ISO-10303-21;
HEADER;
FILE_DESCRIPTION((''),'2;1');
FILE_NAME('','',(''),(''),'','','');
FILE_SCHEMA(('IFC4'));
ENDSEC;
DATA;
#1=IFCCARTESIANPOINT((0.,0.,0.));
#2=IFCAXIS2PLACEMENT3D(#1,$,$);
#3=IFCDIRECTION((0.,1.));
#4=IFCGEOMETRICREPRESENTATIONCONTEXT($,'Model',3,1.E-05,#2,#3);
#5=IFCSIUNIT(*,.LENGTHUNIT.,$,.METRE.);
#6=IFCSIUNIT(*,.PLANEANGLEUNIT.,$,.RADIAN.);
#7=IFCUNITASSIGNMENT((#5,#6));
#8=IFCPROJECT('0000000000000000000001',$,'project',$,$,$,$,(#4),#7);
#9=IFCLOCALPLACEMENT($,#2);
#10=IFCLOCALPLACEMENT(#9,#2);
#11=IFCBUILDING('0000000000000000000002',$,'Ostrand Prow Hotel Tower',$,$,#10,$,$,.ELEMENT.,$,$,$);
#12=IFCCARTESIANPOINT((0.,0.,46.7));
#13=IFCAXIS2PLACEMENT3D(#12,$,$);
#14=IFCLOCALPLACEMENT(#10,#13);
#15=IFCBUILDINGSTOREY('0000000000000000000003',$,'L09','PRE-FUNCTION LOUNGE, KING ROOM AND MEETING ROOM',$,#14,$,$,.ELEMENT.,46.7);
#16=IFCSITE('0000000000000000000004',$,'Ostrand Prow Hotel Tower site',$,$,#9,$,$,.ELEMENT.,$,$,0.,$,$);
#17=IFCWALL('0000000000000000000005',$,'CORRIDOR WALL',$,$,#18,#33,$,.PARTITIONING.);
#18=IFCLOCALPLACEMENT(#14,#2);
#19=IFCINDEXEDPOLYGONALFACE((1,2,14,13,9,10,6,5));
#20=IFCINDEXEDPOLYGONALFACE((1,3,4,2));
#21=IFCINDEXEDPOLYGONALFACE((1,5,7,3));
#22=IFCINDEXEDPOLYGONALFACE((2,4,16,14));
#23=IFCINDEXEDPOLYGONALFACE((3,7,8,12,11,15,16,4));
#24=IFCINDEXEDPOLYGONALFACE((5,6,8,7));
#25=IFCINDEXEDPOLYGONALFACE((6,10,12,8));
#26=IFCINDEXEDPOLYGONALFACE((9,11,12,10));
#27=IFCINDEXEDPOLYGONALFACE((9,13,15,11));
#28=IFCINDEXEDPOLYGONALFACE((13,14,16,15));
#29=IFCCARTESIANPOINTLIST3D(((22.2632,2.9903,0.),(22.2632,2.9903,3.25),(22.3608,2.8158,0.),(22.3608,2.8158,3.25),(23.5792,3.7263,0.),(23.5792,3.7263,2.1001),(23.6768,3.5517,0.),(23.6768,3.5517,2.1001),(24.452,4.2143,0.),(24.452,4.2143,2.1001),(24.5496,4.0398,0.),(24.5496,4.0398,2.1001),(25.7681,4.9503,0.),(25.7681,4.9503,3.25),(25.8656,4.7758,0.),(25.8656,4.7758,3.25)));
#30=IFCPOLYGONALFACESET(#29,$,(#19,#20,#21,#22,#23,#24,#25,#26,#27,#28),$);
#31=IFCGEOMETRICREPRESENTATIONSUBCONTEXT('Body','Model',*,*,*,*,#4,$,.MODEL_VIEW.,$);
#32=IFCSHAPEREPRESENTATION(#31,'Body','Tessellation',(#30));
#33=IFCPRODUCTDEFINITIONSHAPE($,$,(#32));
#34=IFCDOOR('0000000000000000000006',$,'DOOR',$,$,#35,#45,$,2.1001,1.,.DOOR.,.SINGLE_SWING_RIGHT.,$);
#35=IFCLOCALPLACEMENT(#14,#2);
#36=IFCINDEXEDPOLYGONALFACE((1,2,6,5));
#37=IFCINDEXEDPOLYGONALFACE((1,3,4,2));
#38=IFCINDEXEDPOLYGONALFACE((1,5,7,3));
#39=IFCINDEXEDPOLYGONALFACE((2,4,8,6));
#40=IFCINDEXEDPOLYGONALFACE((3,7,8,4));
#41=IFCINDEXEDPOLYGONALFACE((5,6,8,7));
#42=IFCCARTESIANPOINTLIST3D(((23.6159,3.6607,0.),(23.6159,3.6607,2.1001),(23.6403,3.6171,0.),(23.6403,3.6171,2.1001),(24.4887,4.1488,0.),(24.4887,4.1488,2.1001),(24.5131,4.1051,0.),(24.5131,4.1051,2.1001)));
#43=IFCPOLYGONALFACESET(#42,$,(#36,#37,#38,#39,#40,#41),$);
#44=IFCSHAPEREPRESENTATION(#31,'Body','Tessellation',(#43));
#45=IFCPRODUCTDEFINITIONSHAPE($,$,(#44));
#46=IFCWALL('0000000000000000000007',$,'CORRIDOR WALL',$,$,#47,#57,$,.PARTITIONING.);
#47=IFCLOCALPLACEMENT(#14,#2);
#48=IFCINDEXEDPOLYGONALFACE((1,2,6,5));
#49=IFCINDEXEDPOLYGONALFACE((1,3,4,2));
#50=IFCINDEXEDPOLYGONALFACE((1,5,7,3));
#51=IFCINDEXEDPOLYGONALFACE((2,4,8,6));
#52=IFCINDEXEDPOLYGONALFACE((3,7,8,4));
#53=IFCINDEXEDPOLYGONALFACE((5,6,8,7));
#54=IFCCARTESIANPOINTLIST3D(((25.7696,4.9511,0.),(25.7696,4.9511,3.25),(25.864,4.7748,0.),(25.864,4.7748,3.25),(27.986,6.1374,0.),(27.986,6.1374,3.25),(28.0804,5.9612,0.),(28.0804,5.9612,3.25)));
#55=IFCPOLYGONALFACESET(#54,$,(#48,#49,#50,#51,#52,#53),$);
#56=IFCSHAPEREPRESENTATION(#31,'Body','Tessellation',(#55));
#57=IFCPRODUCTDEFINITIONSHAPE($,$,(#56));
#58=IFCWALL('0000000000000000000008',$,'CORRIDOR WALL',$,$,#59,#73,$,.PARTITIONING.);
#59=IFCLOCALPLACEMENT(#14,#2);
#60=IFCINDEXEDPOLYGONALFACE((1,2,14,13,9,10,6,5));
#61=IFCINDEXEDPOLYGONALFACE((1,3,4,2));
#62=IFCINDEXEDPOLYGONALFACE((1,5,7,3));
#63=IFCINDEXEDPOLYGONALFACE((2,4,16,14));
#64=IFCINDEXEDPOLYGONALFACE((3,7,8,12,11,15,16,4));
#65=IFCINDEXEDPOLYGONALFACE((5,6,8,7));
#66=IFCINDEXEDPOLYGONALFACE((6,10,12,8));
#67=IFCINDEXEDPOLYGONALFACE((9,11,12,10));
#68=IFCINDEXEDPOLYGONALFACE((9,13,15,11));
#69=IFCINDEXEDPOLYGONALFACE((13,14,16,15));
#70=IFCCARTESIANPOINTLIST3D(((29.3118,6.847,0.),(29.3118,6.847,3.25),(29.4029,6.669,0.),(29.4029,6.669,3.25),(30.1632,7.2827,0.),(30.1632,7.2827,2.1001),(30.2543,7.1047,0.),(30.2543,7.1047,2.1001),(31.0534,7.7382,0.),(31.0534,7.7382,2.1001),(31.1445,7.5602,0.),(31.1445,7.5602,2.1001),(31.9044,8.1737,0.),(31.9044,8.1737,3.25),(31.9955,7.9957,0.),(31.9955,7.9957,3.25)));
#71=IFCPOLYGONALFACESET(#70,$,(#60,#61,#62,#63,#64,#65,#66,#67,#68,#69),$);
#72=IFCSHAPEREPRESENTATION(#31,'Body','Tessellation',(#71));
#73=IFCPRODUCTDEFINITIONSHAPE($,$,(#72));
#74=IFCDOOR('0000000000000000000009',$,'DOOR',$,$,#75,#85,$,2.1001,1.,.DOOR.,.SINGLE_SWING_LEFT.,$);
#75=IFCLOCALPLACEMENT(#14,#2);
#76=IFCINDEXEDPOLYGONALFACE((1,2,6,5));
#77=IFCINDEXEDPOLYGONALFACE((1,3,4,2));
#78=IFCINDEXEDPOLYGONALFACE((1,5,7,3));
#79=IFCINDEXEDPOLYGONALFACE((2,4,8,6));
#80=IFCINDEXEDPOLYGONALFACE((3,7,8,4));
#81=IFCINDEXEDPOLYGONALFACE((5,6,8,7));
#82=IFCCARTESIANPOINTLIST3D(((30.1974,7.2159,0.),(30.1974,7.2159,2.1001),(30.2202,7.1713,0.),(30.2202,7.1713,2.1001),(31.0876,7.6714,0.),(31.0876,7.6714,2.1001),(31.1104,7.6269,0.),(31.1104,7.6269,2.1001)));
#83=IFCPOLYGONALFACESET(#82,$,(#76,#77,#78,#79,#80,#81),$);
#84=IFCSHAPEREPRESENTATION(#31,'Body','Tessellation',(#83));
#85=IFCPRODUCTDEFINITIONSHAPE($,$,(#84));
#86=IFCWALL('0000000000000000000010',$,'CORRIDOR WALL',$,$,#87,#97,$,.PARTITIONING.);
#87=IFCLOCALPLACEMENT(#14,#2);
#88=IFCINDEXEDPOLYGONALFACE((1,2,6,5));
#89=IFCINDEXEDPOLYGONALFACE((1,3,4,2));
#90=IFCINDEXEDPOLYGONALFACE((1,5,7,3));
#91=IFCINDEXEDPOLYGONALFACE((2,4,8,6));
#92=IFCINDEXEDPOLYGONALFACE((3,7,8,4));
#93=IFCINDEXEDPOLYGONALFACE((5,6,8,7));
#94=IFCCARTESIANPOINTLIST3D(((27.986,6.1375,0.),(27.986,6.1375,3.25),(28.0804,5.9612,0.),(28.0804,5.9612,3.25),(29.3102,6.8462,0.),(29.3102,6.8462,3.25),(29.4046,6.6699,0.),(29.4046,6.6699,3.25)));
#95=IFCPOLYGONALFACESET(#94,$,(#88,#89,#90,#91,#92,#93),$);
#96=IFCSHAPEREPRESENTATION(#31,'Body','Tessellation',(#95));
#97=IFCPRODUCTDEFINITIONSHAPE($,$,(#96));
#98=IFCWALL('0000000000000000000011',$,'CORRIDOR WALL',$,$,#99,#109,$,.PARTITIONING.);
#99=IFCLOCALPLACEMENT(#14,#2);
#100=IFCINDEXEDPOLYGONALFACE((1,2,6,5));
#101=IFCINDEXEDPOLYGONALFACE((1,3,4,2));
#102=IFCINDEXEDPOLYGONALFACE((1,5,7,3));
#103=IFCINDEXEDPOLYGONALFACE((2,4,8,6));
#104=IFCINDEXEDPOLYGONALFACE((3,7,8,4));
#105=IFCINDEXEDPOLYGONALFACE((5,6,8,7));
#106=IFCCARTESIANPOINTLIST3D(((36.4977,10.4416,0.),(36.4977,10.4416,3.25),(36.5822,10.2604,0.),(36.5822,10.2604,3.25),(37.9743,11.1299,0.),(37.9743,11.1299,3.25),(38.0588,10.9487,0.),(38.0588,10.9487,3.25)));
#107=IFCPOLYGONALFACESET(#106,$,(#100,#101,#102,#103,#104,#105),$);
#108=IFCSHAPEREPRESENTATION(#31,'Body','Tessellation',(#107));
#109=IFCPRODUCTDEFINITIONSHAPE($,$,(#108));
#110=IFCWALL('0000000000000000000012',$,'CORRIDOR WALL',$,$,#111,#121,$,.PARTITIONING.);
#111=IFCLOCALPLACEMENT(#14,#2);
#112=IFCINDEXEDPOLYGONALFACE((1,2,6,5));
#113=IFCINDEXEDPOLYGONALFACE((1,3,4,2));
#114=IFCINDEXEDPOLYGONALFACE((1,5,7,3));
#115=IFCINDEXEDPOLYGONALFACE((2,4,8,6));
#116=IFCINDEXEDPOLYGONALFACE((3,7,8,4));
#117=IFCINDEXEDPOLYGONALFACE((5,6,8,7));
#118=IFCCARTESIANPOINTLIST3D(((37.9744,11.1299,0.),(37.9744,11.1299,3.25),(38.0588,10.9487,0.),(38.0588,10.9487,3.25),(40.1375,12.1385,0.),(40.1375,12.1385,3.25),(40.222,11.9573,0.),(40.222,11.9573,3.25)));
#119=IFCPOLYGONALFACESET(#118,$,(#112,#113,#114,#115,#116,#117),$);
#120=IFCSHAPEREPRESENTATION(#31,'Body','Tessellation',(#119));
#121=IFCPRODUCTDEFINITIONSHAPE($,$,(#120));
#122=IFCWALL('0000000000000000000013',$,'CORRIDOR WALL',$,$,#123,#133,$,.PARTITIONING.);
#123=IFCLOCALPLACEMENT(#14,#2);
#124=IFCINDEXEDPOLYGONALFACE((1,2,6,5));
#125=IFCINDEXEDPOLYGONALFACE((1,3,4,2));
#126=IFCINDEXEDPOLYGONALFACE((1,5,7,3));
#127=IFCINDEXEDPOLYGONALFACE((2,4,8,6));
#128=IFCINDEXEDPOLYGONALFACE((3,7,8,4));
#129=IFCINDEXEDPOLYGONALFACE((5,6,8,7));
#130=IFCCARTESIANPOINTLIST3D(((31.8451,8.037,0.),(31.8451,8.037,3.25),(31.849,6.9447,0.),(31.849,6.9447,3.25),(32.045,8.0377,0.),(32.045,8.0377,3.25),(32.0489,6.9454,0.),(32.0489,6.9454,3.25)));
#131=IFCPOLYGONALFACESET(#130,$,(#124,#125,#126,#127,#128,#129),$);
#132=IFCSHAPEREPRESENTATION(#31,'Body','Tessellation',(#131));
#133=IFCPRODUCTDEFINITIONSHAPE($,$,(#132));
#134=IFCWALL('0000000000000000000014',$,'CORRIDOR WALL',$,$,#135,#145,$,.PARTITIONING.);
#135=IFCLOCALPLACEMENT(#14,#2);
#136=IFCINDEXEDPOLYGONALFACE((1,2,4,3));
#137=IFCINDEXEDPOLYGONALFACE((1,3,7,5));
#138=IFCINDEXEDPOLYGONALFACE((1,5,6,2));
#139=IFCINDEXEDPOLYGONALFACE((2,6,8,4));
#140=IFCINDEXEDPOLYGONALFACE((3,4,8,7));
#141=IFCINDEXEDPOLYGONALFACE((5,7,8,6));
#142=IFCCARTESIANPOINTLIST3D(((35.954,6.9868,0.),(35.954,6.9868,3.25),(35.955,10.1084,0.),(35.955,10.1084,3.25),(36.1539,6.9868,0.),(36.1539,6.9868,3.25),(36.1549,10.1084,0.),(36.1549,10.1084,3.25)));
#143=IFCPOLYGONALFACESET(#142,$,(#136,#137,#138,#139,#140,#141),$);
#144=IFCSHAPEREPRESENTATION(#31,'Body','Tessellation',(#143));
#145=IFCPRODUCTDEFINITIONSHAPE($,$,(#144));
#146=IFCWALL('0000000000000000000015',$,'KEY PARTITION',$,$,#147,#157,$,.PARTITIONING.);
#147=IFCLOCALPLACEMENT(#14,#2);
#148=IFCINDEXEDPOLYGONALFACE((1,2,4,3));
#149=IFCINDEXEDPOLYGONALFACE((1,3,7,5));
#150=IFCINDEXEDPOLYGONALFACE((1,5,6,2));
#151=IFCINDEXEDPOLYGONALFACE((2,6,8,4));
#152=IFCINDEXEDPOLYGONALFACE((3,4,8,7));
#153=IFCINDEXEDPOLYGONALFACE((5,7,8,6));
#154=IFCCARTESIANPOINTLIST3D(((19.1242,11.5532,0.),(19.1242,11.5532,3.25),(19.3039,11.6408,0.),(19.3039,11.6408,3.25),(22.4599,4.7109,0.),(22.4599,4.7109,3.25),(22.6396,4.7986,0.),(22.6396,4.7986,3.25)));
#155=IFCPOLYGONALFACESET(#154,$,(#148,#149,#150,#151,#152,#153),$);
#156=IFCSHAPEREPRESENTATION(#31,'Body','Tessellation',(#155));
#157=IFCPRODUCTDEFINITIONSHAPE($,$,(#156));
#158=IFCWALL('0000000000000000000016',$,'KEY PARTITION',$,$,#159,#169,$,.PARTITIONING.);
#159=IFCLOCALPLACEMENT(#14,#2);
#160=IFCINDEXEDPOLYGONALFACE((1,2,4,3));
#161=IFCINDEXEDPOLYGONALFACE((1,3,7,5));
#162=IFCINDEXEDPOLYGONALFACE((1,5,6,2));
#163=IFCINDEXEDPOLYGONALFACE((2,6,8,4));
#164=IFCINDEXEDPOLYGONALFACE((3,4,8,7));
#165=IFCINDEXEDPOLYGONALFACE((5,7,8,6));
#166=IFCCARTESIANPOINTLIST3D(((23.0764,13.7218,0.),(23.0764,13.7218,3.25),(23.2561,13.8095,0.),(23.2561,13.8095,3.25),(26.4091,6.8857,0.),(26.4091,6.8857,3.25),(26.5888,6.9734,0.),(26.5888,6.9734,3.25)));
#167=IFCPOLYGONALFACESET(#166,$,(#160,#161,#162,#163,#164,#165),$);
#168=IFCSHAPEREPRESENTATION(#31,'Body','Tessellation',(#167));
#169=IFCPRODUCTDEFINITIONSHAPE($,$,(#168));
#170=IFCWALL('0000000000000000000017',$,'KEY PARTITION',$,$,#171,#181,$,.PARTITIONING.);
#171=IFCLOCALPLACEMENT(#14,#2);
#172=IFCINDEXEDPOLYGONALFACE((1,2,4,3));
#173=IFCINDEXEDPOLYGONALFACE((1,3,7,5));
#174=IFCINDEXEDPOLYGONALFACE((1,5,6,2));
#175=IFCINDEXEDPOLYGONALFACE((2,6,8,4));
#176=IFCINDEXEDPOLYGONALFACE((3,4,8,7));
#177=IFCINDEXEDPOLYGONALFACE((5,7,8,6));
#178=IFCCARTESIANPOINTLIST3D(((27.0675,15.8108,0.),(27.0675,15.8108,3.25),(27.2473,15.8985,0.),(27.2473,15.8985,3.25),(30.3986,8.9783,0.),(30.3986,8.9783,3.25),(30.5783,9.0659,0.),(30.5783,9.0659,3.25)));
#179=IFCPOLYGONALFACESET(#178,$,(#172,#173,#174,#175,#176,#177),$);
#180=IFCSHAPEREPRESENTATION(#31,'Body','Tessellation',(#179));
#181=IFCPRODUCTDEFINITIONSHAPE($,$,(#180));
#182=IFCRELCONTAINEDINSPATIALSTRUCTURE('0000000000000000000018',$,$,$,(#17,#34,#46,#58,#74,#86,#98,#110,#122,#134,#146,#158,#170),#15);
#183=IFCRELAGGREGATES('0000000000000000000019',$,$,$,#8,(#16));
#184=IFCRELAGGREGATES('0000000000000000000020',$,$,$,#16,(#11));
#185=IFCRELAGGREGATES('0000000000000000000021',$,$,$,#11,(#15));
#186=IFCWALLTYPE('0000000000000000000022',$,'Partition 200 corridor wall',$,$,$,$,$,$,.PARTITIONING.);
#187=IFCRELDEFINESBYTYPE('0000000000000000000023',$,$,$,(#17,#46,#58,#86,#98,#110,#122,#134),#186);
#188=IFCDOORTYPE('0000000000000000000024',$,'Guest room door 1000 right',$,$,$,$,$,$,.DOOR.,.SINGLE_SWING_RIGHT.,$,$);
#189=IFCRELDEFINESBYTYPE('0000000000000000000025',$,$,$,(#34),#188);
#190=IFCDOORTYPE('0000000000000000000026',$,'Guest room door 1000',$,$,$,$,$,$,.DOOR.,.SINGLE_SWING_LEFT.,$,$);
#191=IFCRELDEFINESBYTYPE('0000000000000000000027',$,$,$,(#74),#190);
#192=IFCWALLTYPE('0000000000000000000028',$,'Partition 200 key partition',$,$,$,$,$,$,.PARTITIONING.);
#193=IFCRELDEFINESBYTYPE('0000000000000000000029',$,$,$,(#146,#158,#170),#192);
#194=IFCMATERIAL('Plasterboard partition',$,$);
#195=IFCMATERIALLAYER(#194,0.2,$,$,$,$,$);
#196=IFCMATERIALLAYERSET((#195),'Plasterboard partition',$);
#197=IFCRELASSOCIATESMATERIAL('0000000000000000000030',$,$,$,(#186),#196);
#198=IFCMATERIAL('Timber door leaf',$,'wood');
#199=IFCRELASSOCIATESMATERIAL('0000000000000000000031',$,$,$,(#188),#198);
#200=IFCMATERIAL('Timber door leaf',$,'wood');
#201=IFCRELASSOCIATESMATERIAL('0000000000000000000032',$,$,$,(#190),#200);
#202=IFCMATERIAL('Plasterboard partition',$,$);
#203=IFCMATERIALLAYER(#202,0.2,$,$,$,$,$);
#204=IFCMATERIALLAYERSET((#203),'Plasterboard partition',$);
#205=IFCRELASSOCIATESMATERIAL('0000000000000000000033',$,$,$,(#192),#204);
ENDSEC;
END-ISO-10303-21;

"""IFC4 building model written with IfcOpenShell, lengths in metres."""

from ifc_helpers import new_model, si_unit, direction, frame, frame_2d, origin, place, context, subcontext, project, spatial, rectangle, extrude, material, layer, layer_set, type_object, element, fill, save


model = new_model("IFC4")

# Units and contexts
model_context = context("Model", 3, precision=1e-05, world=origin(), true_north=direction((0.0, 1.0)))
body_context = subcontext(model_context, "Body", "Model", "MODEL_VIEW")
ifc_project = project(units=[si_unit("LENGTHUNIT", "METRE"), si_unit("PLANEANGLEUNIT", "RADIAN")], contexts=[model_context])

# Site, building, storey
site_placement = place(None, origin())
site = spatial("IfcSite", under=ifc_project, at=site_placement, Name="Ostrand Prow Hotel Tower site", CompositionType="ELEMENT", RefElevation=0.0)
building_placement = place(site_placement, origin())
building = spatial("IfcBuilding", under=site, at=building_placement, Name="Ostrand Prow Hotel Tower", CompositionType="ELEMENT")
storey_placement = place(building_placement, frame((0.0, 0.0, 46.7)))
storey = spatial("IfcBuildingStorey", under=building, at=storey_placement, Name="L09", Description="PRE-FUNCTION LOUNGE, KING ROOM AND MEETING ROOM", CompositionType="ELEMENT", Elevation=46.7)

# Wall, opening, door
ifc_material_1 = material(Name="Plasterboard partition")
ifc_layer_1 = layer(ifc_material_1, 0.2)
ifc_layer_set_1 = layer_set([ifc_layer_1], Name="Plasterboard partition")
wall_type_1 = type_object("IfcWallType", Name="Partition 200 corridor wall", PredefinedType="PARTITIONING", material=ifc_layer_set_1)
wall_1_placement = place(storey_placement, frame((22.312, 2.9031, 0.0), z_axis=(0.0, 0.0, 1.0), x_axis=(0.8728, 0.488078, 0.0)))
wall_1 = element("IfcWall", 1, at=wall_1_placement, inside=storey, type_object=wall_type_1, Name="CORRIDOR WALL", PredefinedType="PARTITIONING", context=body_context, shape_type="SweptSolid", body=[
    extrude(rectangle(XDim=4.0156, YDim=0.2, at=frame_2d((2.0078, 0.0))), origin(), (0.0, 0.0, 1.0), 3.25),
])
opening_1_placement = place(wall_1_placement, frame((1.5078, 0.0, 0.0)))
opening_1 = element("IfcOpeningElement", 2, at=opening_1_placement, cuts=wall_1, PredefinedType="OPENING", context=body_context, shape_type="SweptSolid", body=[
    extrude(rectangle(XDim=1.0, YDim=2.1001, at=frame_2d((0.5, 1.05))), frame((0.0, 0.1099, 0.0), z_axis=(0.0, -1.0, 0.0), x_axis=(1.0, 0.0, 0.0)), (0.0, 0.0, 1.0), 0.22),
])
ifc_material_2 = material(Name="Timber door leaf", Category="wood")
door_type_1 = type_object("IfcDoorType", Name="Guest room door 1000 right", OperationType="SINGLE_SWING_RIGHT", PredefinedType="DOOR", material=ifc_material_2)
door_1_placement = place(opening_1_placement, origin())
door_1 = element("IfcDoor", 3, at=door_1_placement, inside=storey, type_object=door_type_1, Name="DOOR", OperationType="SINGLE_SWING_RIGHT", OverallHeight=2.1001, OverallWidth=1.0, PredefinedType="DOOR", context=body_context, shape_type="SweptSolid", body=[
    extrude(rectangle(XDim=1.0, YDim=2.1001, at=frame_2d((0.5, 1.05))), frame((0.0, 0.0249, 0.0), z_axis=(0.0, -1.0, 0.0), x_axis=(1.0, 0.0, 0.0)), (0.0, 0.0, 1.0), 0.05),
])
fill(opening_1, door_1)

# Wall
wall_2_placement = place(storey_placement, frame((25.8169, 4.863, 0.0), z_axis=(0.0, 0.0, 1.0), x_axis=(0.88165, 0.471903, 0.0)))
element("IfcWall", 4, at=wall_2_placement, inside=storey, type_object=wall_type_1, Name="CORRIDOR WALL", PredefinedType="PARTITIONING", context=body_context, shape_type="SweptSolid", body=[
    extrude(rectangle(XDim=2.5139, YDim=0.2, at=frame_2d((1.2568, 0.0))), origin(), (0.0, 0.0, 1.0), 3.25),
])

# Wall, opening, door
wall_3_placement = place(storey_placement, frame((29.3574, 6.7581, 0.0), z_axis=(0.0, 0.0, 1.0), x_axis=(0.890213, 0.455544, 0.0)))
wall_3 = element("IfcWall", 5, at=wall_3_placement, inside=storey, type_object=wall_type_1, Name="CORRIDOR WALL", PredefinedType="PARTITIONING", context=body_context, shape_type="SweptSolid", body=[
    extrude(rectangle(XDim=2.9124, YDim=0.2, at=frame_2d((1.4561, 0.0))), origin(), (0.0, 0.0, 1.0), 3.25),
])
opening_2_placement = place(wall_3_placement, frame((0.9563, 0.0, 0.0)))
opening_2 = element("IfcOpeningElement", 6, at=opening_2_placement, cuts=wall_3, PredefinedType="OPENING", context=body_context, shape_type="SweptSolid", body=[
    extrude(rectangle(XDim=1.0, YDim=2.1001, at=frame_2d((0.5, 1.05))), frame((0.0, 0.1099, 0.0), z_axis=(0.0, -1.0, 0.0), x_axis=(1.0, 0.0, 0.0)), (0.0, 0.0, 1.0), 0.22),
])
ifc_material_3 = material(Name="Timber door leaf", Category="wood")
door_type_2 = type_object("IfcDoorType", Name="Guest room door 1000", OperationType="SINGLE_SWING_LEFT", PredefinedType="DOOR", material=ifc_material_3)
door_2_placement = place(opening_2_placement, origin())
door_2 = element("IfcDoor", 7, at=door_2_placement, inside=storey, type_object=door_type_2, Name="DOOR", OperationType="SINGLE_SWING_LEFT", OverallHeight=2.1001, OverallWidth=1.0, PredefinedType="DOOR", context=body_context, shape_type="SweptSolid", body=[
    extrude(rectangle(XDim=1.0, YDim=2.1001, at=frame_2d((0.5, 1.05))), frame((0.0, 0.0249, 0.0), z_axis=(0.0, -1.0, 0.0), x_axis=(1.0, 0.0, 0.0)), (0.0, 0.0, 1.0), 0.05),
])
fill(opening_2, door_2)

# Walls
wall_4_placement = place(storey_placement, frame((28.0332, 6.0493, 0.0), z_axis=(0.0, 0.0, 1.0), x_axis=(0.881664, 0.471879, 0.0)))
element("IfcWall", 8, at=wall_4_placement, inside=storey, type_object=wall_type_1, Name="CORRIDOR WALL", PredefinedType="PARTITIONING", context=body_context, shape_type="SweptSolid", body=[
    extrude(rectangle(XDim=1.502, YDim=0.2, at=frame_2d((0.751, 0.0))), origin(), (0.0, 0.0, 1.0), 3.25),
])
wall_5_placement = place(storey_placement, frame((36.54, 10.3511, 0.0), z_axis=(0.0, 0.0, 1.0), x_axis=(0.906378, 0.422467, 0.0)))
element("IfcWall", 9, at=wall_5_placement, inside=storey, type_object=wall_type_1, Name="CORRIDOR WALL", PredefinedType="PARTITIONING", context=body_context, shape_type="SweptSolid", body=[
    extrude(rectangle(XDim=1.6292, YDim=0.2, at=frame_2d((0.8145, 0.0))), origin(), (0.0, 0.0, 1.0), 3.25),
])
wall_6_placement = place(storey_placement, frame((38.0166, 11.0393, 0.0), z_axis=(0.0, 0.0, 1.0), x_axis=(0.906327, 0.422577, 0.0)))
element("IfcWall", 10, at=wall_6_placement, inside=storey, type_object=wall_type_1, Name="CORRIDOR WALL", PredefinedType="PARTITIONING", context=body_context, shape_type="SweptSolid", body=[
    extrude(rectangle(XDim=2.3867, YDim=0.2, at=frame_2d((1.1934, 0.0))), origin(), (0.0, 0.0, 1.0), 3.25),
])
wall_7_placement = place(storey_placement, frame((31.9451, 8.0374, 0.0), z_axis=(0.0, 0.0, 1.0), x_axis=(0.003576, -0.999994, 0.0)))
element("IfcWall", 11, at=wall_7_placement, inside=storey, type_object=wall_type_1, Name="CORRIDOR WALL", PredefinedType="PARTITIONING", context=body_context, shape_type="SweptSolid", body=[
    extrude(rectangle(XDim=1.0923, YDim=0.2, at=frame_2d((0.5461, 0.0))), origin(), (0.0, 0.0, 1.0), 3.25),
])
wall_8_placement = place(storey_placement, frame((36.054, 6.9868, 0.0), z_axis=(0.0, 0.0, 1.0), x_axis=(0.000313, 1.0, 0.0)))
element("IfcWall", 12, at=wall_8_placement, inside=storey, type_object=wall_type_1, Name="CORRIDOR WALL", PredefinedType="PARTITIONING", context=body_context, shape_type="SweptSolid", body=[
    extrude(rectangle(XDim=3.1216, YDim=0.2, at=frame_2d((1.5608, 0.0))), origin(), (0.0, 0.0, 1.0), 3.25),
])
ifc_material_4 = material(Name="Plasterboard partition")
ifc_layer_2 = layer(ifc_material_4, 0.2)
ifc_layer_set_2 = layer_set([ifc_layer_2], Name="Plasterboard partition")
wall_type_2 = type_object("IfcWallType", Name="Partition 200 key partition", PredefinedType="PARTITIONING", material=ifc_layer_set_2)
wall_9_placement = place(storey_placement, frame((22.5498, 4.7546, 0.0), z_axis=(0.0, 0.0, 1.0), x_axis=(-0.438211, 0.898872, 0.0)))
element("IfcWall", 13, at=wall_9_placement, inside=storey, type_object=wall_type_2, Name="KEY PARTITION", PredefinedType="PARTITIONING", context=body_context, shape_type="SweptSolid", body=[
    extrude(rectangle(XDim=7.6121, YDim=0.2, at=frame_2d((3.8062, 0.0))), origin(), (0.0, 0.0, 1.0), 3.25),
])
wall_10_placement = place(storey_placement, frame((26.499, 6.9294, 0.0), z_axis=(0.0, 0.0, 1.0), x_axis=(-0.438216, 0.89887, 0.0)))
element("IfcWall", 14, at=wall_10_placement, inside=storey, type_object=wall_type_2, Name="KEY PARTITION", PredefinedType="PARTITIONING", context=body_context, shape_type="SweptSolid", body=[
    extrude(rectangle(XDim=7.6052, YDim=0.2, at=frame_2d((3.8027, 0.0))), origin(), (0.0, 0.0, 1.0), 3.25),
])
wall_11_placement = place(storey_placement, frame((30.4885, 9.022, 0.0), z_axis=(0.0, 0.0, 1.0), x_axis=(-0.438224, 0.898866, 0.0)))
element("IfcWall", 15, at=wall_11_placement, inside=storey, type_object=wall_type_2, Name="KEY PARTITION", PredefinedType="PARTITIONING", context=body_context, shape_type="SweptSolid", body=[
    extrude(rectangle(XDim=7.6013, YDim=0.2, at=frame_2d((3.8008, 0.0))), origin(), (0.0, 0.0, 1.0), 3.25),
])

save(model, "model.ifc")
